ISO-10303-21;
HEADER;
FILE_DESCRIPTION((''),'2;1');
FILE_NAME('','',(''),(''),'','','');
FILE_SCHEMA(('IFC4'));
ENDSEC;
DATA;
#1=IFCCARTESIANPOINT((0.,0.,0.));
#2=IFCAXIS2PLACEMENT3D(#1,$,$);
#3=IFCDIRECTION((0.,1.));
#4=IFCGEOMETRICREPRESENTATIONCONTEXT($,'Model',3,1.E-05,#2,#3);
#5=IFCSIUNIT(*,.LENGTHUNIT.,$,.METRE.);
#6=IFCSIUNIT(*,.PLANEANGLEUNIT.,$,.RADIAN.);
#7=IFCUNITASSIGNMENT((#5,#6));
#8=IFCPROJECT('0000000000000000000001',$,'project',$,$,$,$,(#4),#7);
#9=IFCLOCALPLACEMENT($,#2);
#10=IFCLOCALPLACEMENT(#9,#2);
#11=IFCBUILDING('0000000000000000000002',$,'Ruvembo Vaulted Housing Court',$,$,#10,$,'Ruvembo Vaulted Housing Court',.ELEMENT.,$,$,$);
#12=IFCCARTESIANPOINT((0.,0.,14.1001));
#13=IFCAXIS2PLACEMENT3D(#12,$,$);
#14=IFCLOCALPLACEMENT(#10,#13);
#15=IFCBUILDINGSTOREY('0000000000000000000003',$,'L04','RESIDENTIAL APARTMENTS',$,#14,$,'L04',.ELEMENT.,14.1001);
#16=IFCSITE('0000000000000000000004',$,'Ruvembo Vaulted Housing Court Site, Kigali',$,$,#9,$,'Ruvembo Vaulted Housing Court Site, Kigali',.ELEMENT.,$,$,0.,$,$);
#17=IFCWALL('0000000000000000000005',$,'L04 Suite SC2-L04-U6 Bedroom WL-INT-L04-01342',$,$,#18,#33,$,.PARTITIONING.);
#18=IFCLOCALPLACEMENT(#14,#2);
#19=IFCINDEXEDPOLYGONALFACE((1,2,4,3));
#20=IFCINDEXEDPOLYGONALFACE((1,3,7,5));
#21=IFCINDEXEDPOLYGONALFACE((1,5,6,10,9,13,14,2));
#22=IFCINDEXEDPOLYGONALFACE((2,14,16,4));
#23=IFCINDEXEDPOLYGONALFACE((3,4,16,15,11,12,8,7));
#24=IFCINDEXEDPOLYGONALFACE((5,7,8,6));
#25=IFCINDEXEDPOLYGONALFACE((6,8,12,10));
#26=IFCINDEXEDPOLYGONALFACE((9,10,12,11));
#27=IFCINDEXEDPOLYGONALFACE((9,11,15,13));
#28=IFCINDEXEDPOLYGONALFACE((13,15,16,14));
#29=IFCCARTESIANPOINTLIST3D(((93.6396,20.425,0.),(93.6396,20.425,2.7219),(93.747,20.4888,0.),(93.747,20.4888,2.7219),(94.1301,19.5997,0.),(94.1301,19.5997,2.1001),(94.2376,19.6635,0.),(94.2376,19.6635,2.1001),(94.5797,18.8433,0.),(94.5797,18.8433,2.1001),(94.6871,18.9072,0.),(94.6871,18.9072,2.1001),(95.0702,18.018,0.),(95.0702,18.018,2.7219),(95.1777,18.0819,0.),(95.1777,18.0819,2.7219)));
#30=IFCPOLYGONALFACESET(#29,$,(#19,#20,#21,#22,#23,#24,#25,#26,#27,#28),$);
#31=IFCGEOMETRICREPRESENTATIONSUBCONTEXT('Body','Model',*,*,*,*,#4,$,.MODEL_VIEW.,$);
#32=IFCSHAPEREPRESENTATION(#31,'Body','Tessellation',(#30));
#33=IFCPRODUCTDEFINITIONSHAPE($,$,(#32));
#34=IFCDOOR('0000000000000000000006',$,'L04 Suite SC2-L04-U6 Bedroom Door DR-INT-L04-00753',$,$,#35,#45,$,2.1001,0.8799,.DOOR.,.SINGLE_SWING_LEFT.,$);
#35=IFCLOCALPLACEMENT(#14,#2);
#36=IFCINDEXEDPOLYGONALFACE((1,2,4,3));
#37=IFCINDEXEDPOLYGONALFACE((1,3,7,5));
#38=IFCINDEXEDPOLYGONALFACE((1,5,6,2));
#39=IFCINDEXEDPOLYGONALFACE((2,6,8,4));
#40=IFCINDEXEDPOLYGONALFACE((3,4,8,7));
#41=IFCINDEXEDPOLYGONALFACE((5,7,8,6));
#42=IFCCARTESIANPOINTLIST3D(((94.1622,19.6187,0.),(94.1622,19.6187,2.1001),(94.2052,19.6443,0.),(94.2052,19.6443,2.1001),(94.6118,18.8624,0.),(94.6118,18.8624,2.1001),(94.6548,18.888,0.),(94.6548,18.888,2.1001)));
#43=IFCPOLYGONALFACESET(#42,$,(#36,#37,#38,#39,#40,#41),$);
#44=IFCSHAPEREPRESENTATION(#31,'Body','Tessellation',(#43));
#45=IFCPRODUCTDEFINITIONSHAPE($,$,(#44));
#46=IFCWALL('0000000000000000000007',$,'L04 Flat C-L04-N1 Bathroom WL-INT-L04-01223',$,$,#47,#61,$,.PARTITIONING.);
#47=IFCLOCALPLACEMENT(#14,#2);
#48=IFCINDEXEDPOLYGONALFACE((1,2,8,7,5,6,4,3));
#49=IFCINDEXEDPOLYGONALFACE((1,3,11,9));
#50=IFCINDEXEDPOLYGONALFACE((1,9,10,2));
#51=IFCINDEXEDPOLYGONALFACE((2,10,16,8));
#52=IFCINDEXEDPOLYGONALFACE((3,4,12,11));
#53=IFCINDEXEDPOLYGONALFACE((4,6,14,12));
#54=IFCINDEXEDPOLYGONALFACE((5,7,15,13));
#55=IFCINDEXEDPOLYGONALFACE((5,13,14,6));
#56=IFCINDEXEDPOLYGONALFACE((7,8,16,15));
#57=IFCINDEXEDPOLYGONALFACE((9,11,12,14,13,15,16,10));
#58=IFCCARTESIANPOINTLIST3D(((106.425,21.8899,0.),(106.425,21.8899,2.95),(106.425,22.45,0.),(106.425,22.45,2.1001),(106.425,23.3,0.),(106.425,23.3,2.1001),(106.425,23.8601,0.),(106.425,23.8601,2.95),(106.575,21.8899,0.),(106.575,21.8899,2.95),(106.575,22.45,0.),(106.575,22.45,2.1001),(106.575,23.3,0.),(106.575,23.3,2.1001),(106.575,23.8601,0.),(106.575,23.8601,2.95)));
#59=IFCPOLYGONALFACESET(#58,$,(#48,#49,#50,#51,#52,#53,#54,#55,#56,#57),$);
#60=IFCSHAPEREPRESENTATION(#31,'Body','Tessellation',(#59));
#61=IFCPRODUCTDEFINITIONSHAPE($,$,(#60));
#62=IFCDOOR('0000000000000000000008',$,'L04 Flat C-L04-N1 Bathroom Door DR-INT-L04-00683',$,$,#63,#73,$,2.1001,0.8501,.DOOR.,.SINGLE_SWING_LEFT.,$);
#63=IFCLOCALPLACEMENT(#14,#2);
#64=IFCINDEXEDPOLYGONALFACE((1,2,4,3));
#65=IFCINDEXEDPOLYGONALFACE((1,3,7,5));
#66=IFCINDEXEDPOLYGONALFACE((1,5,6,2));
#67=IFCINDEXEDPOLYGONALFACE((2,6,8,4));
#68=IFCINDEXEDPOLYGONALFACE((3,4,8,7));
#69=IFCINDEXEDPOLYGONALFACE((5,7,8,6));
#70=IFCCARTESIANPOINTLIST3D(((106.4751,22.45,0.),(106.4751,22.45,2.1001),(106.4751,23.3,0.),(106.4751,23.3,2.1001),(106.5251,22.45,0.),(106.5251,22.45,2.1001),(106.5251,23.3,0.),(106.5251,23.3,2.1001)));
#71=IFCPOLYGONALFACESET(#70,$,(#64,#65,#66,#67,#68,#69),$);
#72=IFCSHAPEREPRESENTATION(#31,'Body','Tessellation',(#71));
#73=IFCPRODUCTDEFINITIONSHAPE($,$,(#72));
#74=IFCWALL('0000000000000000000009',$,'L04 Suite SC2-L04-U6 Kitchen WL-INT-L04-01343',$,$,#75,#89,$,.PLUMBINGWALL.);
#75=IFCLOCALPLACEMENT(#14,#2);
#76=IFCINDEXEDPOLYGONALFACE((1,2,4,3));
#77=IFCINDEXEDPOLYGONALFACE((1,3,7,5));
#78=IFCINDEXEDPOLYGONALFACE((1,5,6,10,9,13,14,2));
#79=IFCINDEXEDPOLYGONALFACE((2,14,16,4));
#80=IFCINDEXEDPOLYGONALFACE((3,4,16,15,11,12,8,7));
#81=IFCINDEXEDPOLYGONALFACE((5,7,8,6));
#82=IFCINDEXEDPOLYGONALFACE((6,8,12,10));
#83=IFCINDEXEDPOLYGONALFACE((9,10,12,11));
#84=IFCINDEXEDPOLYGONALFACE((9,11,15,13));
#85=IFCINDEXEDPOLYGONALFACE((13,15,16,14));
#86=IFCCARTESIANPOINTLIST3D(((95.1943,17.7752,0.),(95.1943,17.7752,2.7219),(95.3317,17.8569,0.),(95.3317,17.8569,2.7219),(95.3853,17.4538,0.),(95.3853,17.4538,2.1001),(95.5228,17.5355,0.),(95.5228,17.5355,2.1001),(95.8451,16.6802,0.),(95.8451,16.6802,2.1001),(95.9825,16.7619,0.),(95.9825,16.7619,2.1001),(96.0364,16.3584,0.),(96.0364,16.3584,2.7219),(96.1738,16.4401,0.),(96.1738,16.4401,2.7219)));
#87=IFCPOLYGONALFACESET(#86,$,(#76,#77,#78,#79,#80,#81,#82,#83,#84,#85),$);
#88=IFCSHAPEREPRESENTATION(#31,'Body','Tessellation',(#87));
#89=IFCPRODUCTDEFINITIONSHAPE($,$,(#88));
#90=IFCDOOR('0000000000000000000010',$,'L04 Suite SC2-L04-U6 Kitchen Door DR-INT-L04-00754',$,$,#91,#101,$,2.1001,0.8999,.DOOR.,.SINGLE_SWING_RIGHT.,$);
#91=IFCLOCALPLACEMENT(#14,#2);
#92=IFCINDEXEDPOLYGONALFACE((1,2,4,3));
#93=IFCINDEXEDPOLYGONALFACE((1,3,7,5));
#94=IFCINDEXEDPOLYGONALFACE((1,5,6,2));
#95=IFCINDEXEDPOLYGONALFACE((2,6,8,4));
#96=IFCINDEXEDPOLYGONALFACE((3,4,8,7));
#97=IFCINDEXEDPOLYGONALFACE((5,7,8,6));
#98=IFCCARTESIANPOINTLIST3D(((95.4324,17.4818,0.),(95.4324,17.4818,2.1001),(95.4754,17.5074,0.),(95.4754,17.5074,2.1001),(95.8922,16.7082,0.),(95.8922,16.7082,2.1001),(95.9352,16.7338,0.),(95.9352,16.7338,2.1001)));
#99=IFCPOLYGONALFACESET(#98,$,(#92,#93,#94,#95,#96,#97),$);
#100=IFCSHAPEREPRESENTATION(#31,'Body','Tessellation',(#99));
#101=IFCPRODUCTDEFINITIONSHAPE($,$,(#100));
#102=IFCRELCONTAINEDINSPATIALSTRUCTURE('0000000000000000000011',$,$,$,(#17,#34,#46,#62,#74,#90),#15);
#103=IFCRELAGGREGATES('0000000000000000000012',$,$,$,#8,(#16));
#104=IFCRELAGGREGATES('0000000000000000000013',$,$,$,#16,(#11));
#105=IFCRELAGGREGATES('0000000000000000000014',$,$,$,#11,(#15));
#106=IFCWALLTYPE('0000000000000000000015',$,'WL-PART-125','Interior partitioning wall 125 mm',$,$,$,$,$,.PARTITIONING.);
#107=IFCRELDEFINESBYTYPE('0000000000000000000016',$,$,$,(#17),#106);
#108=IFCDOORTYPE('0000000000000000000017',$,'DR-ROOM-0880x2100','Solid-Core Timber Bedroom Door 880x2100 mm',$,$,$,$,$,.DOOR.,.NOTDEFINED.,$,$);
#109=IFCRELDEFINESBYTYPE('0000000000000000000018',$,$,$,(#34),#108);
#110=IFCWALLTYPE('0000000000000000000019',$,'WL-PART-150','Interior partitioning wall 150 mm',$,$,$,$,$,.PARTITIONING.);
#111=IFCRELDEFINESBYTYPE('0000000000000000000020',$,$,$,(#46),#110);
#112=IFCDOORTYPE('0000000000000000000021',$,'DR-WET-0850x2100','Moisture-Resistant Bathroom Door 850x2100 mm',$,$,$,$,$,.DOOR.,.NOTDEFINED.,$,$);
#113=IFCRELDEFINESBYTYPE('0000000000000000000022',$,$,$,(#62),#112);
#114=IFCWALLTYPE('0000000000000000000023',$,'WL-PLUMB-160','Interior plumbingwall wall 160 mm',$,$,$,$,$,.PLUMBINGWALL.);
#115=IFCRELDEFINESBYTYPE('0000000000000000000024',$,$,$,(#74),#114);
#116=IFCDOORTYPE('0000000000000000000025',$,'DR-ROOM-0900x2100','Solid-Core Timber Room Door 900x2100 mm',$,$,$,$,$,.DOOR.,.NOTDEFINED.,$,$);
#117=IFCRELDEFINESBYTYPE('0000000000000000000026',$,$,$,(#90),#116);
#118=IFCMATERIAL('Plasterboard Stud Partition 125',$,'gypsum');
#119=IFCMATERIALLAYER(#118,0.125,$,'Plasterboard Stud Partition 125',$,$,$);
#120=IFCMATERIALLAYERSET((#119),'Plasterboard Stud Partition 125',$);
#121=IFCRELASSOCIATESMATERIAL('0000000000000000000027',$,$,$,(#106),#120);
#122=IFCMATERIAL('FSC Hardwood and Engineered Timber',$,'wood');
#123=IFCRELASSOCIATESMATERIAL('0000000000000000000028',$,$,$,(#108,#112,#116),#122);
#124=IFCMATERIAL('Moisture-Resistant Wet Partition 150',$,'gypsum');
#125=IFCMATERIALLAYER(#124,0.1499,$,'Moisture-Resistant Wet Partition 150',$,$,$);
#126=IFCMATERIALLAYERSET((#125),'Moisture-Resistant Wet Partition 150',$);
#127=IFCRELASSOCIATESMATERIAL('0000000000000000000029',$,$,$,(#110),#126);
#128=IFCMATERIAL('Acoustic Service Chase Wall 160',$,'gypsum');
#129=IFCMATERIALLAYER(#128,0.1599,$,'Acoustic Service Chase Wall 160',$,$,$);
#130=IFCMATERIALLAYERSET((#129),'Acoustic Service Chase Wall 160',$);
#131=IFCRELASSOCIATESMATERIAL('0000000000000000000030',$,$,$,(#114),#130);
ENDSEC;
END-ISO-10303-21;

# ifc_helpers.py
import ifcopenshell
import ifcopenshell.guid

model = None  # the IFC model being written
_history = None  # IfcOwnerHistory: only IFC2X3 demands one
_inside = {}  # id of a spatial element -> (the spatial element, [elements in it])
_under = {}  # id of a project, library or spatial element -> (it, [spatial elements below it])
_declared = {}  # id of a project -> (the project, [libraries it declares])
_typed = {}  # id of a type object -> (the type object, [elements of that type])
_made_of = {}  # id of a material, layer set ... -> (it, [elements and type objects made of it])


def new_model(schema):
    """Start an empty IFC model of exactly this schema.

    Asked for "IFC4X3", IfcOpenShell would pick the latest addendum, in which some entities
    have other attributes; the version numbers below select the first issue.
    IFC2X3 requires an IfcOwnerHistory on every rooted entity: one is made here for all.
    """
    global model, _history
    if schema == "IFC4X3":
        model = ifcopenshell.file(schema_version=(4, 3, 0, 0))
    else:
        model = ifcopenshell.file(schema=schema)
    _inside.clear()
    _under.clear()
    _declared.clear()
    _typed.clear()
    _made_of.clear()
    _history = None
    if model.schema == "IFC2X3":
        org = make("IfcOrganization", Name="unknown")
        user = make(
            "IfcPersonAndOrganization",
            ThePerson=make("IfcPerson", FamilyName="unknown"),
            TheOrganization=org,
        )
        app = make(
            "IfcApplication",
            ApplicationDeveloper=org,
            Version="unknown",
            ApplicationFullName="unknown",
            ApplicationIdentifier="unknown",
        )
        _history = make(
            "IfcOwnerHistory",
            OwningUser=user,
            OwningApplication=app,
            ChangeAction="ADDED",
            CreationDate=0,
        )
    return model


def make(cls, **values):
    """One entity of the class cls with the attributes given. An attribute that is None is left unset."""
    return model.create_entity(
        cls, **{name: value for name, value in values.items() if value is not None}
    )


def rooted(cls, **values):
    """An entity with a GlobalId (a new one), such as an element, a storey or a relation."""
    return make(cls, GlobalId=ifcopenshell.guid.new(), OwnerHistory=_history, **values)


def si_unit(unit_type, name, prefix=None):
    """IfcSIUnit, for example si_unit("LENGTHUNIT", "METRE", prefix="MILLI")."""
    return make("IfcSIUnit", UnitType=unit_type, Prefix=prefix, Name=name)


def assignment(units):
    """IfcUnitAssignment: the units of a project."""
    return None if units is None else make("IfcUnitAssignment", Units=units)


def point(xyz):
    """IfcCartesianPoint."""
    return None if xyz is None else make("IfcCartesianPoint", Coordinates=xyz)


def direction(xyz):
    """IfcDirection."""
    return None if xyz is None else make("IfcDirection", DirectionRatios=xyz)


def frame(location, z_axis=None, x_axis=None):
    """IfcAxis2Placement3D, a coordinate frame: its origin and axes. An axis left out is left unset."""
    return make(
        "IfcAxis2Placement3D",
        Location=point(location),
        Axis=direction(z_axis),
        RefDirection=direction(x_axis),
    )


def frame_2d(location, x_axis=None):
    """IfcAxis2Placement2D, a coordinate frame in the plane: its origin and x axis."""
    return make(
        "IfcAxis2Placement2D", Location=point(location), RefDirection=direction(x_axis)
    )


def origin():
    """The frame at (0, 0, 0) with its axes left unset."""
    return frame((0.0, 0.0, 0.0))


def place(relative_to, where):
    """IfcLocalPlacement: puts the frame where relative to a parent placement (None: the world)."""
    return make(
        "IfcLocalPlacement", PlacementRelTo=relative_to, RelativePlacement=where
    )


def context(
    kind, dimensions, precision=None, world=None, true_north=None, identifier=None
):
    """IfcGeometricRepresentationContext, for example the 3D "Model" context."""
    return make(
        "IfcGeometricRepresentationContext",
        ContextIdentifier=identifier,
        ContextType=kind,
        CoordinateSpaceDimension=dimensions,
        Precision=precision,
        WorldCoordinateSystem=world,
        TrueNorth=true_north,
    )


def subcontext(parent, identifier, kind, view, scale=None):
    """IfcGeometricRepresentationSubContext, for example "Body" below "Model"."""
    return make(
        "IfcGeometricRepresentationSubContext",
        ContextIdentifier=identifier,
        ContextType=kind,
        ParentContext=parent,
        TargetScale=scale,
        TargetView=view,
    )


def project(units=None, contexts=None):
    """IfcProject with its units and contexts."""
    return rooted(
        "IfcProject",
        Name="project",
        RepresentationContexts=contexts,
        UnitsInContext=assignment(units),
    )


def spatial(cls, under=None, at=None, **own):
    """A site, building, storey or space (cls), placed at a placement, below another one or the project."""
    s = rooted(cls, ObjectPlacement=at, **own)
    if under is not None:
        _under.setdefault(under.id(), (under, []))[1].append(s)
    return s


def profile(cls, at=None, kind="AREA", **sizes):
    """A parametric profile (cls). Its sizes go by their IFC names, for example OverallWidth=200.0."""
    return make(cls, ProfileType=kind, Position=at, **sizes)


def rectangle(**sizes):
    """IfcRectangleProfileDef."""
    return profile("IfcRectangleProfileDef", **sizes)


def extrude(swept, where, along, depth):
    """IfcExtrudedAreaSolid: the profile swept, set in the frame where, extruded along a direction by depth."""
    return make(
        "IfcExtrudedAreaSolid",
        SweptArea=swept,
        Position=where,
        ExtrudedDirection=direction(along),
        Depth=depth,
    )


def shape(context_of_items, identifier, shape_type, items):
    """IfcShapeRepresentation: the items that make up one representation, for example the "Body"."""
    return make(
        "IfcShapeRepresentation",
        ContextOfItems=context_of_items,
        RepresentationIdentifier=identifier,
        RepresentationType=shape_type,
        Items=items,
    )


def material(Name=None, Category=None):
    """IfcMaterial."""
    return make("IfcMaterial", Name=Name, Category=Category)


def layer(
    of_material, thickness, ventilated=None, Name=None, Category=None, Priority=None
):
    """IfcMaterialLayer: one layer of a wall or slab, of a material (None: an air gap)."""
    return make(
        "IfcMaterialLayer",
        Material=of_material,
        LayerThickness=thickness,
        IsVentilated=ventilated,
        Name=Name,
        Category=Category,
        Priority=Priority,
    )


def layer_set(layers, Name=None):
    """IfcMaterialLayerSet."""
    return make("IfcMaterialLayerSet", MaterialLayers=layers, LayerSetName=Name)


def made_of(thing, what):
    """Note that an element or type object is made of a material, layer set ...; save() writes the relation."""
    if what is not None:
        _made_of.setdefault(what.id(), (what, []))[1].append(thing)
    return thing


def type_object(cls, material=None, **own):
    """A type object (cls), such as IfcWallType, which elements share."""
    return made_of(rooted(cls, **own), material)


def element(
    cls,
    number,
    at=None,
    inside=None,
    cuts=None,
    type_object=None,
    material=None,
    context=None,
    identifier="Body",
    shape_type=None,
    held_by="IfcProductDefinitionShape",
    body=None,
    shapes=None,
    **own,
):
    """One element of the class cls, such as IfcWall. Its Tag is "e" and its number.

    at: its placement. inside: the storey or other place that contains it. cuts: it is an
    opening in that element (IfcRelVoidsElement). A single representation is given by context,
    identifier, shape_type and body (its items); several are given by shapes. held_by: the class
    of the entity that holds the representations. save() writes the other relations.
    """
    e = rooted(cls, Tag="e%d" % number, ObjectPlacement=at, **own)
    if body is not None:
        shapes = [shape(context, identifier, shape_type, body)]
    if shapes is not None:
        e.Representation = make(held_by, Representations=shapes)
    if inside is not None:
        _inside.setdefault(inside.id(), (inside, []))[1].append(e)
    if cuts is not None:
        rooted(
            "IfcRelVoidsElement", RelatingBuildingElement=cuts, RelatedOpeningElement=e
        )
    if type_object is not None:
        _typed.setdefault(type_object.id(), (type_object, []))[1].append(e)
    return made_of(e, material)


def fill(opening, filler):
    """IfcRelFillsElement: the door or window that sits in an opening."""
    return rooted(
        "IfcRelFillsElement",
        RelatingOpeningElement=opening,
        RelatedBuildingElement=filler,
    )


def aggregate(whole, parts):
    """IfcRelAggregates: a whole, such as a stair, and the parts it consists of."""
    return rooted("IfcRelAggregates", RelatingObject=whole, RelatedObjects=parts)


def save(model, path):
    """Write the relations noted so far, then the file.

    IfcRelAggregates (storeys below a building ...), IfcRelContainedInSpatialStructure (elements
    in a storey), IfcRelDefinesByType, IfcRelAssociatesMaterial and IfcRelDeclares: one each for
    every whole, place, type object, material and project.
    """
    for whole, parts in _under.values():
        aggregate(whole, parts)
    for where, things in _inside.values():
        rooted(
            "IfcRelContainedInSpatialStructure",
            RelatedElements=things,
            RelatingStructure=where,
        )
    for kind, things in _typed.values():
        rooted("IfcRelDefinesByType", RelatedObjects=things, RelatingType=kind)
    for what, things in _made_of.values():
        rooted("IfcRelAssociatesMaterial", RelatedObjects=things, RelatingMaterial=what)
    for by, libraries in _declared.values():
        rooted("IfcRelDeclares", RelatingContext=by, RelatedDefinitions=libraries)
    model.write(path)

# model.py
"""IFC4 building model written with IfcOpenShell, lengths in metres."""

from ifc_helpers import new_model, si_unit, direction, frame, frame_2d, origin, place, context, subcontext, project, spatial, rectangle, extrude, material, layer, layer_set, type_object, element, fill, save


model = new_model("IFC4")

# Units and contexts
model_context = context("Model", 3, precision=1e-05, world=origin(), true_north=direction((0.0, 1.0)))
body_context = subcontext(model_context, "Body", "Model", "MODEL_VIEW")
ifc_project = project(units=[si_unit("LENGTHUNIT", "METRE"), si_unit("PLANEANGLEUNIT", "RADIAN")], contexts=[model_context])

# Site, building, storey
site_placement = place(None, origin())
site = spatial("IfcSite", under=ifc_project, at=site_placement, Name="Ruvembo Vaulted Housing Court Site, Kigali", LongName="Ruvembo Vaulted Housing Court Site, Kigali", CompositionType="ELEMENT", RefElevation=0.0)
building_placement = place(site_placement, origin())
building = spatial("IfcBuilding", under=site, at=building_placement, Name="Ruvembo Vaulted Housing Court", LongName="Ruvembo Vaulted Housing Court", CompositionType="ELEMENT")
storey_placement = place(building_placement, frame((0.0, 0.0, 14.1001)))
storey = spatial("IfcBuildingStorey", under=building, at=storey_placement, Name="L04", Description="RESIDENTIAL APARTMENTS", LongName="L04", CompositionType="ELEMENT", Elevation=14.1001)

# Shared definitions
ifc_material_1 = material(Name="FSC Hardwood and Engineered Timber", Category="wood")

# Walls, openings, doors
ifc_material_2 = material(Name="Plasterboard Stud Partition 125", Category="gypsum")
ifc_layer_1 = layer(ifc_material_2, 0.125, Name="Plasterboard Stud Partition 125")
ifc_layer_set_1 = layer_set([ifc_layer_1], Name="Plasterboard Stud Partition 125")
wall_type_1 = type_object("IfcWallType", Name="WL-PART-125", Description="Interior partitioning wall 125 mm", PredefinedType="PARTITIONING", material=ifc_layer_set_1)
wall_1_placement = place(storey_placement, frame((93.6934, 20.4568, 0.0), z_axis=(0.0, 0.0, 1.0), x_axis=(0.51094, -0.859617, 0.0)))
wall_1 = element("IfcWall", 1, at=wall_1_placement, inside=storey, type_object=wall_type_1, Name="L04 Suite SC2-L04-U6 Bedroom WL-INT-L04-01342", PredefinedType="PARTITIONING", context=body_context, shape_type="SweptSolid", body=[
    extrude(rectangle(XDim=2.8, YDim=0.125, at=frame_2d((1.3999, 0.0))), origin(), (0.0, 0.0, 1.0), 2.7219),
])
opening_1_placement = place(wall_1_placement, frame((0.96, 0.0, 0.0)))
opening_1 = element("IfcOpeningElement", 2, at=opening_1_placement, cuts=wall_1, PredefinedType="OPENING", context=body_context, shape_type="SweptSolid", body=[
    extrude(rectangle(XDim=0.8799, YDim=2.1001, at=frame_2d((0.4399, 1.05))), frame((0.0, 0.0725, 0.0), z_axis=(0.0, -1.0, 0.0), x_axis=(1.0, 0.0, 0.0)), (0.0, 0.0, 1.0), 0.145),
])
door_type_1 = type_object("IfcDoorType", Name="DR-ROOM-0880x2100", Description="Solid-Core Timber Bedroom Door 880x2100 mm", OperationType="NOTDEFINED", PredefinedType="DOOR", material=ifc_material_1)
door_1_placement = place(opening_1_placement, origin())
door_1 = element("IfcDoor", 3, at=door_1_placement, inside=storey, type_object=door_type_1, Name="L04 Suite SC2-L04-U6 Bedroom Door DR-INT-L04-00753", OperationType="SINGLE_SWING_LEFT", OverallHeight=2.1001, OverallWidth=0.8799, PredefinedType="DOOR", context=body_context, shape_type="SweptSolid", body=[
    extrude(rectangle(XDim=0.8799, YDim=2.1001, at=frame_2d((0.4399, 1.05))), frame((0.0, 0.0249, 0.0), z_axis=(0.0, -1.0, 0.0), x_axis=(1.0, 0.0, 0.0)), (0.0, 0.0, 1.0), 0.05),
])
fill(opening_1, door_1)
ifc_material_3 = material(Name="Moisture-Resistant Wet Partition 150", Category="gypsum")
ifc_layer_2 = layer(ifc_material_3, 0.1499, Name="Moisture-Resistant Wet Partition 150")
ifc_layer_set_2 = layer_set([ifc_layer_2], Name="Moisture-Resistant Wet Partition 150")
wall_type_2 = type_object("IfcWallType", Name="WL-PART-150", Description="Interior partitioning wall 150 mm", PredefinedType="PARTITIONING", material=ifc_layer_set_2)
wall_2_placement = place(storey_placement, frame((106.5, 21.8899, 0.0), z_axis=(0.0, 0.0, 1.0), x_axis=(0.0, 1.0, 0.0)))
wall_2 = element("IfcWall", 4, at=wall_2_placement, inside=storey, type_object=wall_type_2, Name="L04 Flat C-L04-N1 Bathroom WL-INT-L04-01223", PredefinedType="PARTITIONING", context=body_context, shape_type="SweptSolid", body=[
    extrude(rectangle(XDim=1.9702, YDim=0.1499, at=frame_2d((0.9851, 0.0))), origin(), (0.0, 0.0, 1.0), 2.95),
])
opening_2_placement = place(wall_2_placement, frame((0.5601, 0.0, 0.0)))
opening_2 = element("IfcOpeningElement", 5, at=opening_2_placement, cuts=wall_2, PredefinedType="OPENING", context=body_context, shape_type="SweptSolid", body=[
    extrude(rectangle(XDim=0.8501, YDim=2.1001, at=frame_2d((0.425, 1.05))), frame((0.0, 0.085, 0.0), z_axis=(0.0, -1.0, 0.0), x_axis=(1.0, 0.0, 0.0)), (0.0, 0.0, 1.0), 0.1699),
])
door_type_2 = type_object("IfcDoorType", Name="DR-WET-0850x2100", Description="Moisture-Resistant Bathroom Door 850x2100 mm", OperationType="NOTDEFINED", PredefinedType="DOOR", material=ifc_material_1)
door_2_placement = place(opening_2_placement, origin())
door_2 = element("IfcDoor", 6, at=door_2_placement, inside=storey, type_object=door_type_2, Name="L04 Flat C-L04-N1 Bathroom Door DR-INT-L04-00683", OperationType="SINGLE_SWING_LEFT", OverallHeight=2.1001, OverallWidth=0.8501, PredefinedType="DOOR", context=body_context, shape_type="SweptSolid", body=[
    extrude(rectangle(XDim=0.8501, YDim=2.1001, at=frame_2d((0.425, 1.05))), frame((0.0, 0.0249, 0.0), z_axis=(0.0, -1.0, 0.0), x_axis=(1.0, 0.0, 0.0)), (0.0, 0.0, 1.0), 0.05),
])
fill(opening_2, door_2)
ifc_material_4 = material(Name="Acoustic Service Chase Wall 160", Category="gypsum")
ifc_layer_3 = layer(ifc_material_4, 0.1599, Name="Acoustic Service Chase Wall 160")
ifc_layer_set_3 = layer_set([ifc_layer_3], Name="Acoustic Service Chase Wall 160")
wall_type_3 = type_object("IfcWallType", Name="WL-PLUMB-160", Description="Interior plumbingwall wall 160 mm", PredefinedType="PLUMBINGWALL", material=ifc_layer_set_3)
wall_3_placement = place(storey_placement, frame((95.2629, 17.8162, 0.0), z_axis=(0.0, 0.0, 1.0), x_axis=(0.510919, -0.859629, 0.0)))
wall_3 = element("IfcWall", 7, at=wall_3_placement, inside=storey, type_object=wall_type_3, Name="L04 Suite SC2-L04-U6 Kitchen WL-INT-L04-01343", PredefinedType="PLUMBINGWALL", context=body_context, shape_type="SweptSolid", body=[
    extrude(rectangle(XDim=1.6482, YDim=0.1599, at=frame_2d((0.8242, 0.0))), origin(), (0.0, 0.0, 1.0), 2.7219),
])
opening_3_placement = place(wall_3_placement, frame((0.374, 0.0, 0.0)))
opening_3 = element("IfcOpeningElement", 8, at=opening_3_placement, cuts=wall_3, PredefinedType="OPENING", context=body_context, shape_type="SweptSolid", body=[
    extrude(rectangle(XDim=0.8999, YDim=2.1001, at=frame_2d((0.45, 1.05))), frame((0.0, 0.0898, 0.0), z_axis=(0.0, -1.0, 0.0), x_axis=(1.0, 0.0, 0.0)), (0.0, 0.0, 1.0), 0.1799),
])
door_type_3 = type_object("IfcDoorType", Name="DR-ROOM-0900x2100", Description="Solid-Core Timber Room Door 900x2100 mm", OperationType="NOTDEFINED", PredefinedType="DOOR", material=ifc_material_1)
door_3_placement = place(opening_3_placement, origin())
door_3 = element("IfcDoor", 9, at=door_3_placement, inside=storey, type_object=door_type_3, Name="L04 Suite SC2-L04-U6 Kitchen Door DR-INT-L04-00754", OperationType="SINGLE_SWING_RIGHT", OverallHeight=2.1001, OverallWidth=0.8999, PredefinedType="DOOR", context=body_context, shape_type="SweptSolid", body=[
    extrude(rectangle(XDim=0.8999, YDim=2.1001, at=frame_2d((0.45, 1.05))), frame((0.0, 0.0249, 0.0), z_axis=(0.0, -1.0, 0.0), x_axis=(1.0, 0.0, 0.0)), (0.0, 0.0, 1.0), 0.05),
])
fill(opening_3, door_3)

save(model, "model.ifc")
